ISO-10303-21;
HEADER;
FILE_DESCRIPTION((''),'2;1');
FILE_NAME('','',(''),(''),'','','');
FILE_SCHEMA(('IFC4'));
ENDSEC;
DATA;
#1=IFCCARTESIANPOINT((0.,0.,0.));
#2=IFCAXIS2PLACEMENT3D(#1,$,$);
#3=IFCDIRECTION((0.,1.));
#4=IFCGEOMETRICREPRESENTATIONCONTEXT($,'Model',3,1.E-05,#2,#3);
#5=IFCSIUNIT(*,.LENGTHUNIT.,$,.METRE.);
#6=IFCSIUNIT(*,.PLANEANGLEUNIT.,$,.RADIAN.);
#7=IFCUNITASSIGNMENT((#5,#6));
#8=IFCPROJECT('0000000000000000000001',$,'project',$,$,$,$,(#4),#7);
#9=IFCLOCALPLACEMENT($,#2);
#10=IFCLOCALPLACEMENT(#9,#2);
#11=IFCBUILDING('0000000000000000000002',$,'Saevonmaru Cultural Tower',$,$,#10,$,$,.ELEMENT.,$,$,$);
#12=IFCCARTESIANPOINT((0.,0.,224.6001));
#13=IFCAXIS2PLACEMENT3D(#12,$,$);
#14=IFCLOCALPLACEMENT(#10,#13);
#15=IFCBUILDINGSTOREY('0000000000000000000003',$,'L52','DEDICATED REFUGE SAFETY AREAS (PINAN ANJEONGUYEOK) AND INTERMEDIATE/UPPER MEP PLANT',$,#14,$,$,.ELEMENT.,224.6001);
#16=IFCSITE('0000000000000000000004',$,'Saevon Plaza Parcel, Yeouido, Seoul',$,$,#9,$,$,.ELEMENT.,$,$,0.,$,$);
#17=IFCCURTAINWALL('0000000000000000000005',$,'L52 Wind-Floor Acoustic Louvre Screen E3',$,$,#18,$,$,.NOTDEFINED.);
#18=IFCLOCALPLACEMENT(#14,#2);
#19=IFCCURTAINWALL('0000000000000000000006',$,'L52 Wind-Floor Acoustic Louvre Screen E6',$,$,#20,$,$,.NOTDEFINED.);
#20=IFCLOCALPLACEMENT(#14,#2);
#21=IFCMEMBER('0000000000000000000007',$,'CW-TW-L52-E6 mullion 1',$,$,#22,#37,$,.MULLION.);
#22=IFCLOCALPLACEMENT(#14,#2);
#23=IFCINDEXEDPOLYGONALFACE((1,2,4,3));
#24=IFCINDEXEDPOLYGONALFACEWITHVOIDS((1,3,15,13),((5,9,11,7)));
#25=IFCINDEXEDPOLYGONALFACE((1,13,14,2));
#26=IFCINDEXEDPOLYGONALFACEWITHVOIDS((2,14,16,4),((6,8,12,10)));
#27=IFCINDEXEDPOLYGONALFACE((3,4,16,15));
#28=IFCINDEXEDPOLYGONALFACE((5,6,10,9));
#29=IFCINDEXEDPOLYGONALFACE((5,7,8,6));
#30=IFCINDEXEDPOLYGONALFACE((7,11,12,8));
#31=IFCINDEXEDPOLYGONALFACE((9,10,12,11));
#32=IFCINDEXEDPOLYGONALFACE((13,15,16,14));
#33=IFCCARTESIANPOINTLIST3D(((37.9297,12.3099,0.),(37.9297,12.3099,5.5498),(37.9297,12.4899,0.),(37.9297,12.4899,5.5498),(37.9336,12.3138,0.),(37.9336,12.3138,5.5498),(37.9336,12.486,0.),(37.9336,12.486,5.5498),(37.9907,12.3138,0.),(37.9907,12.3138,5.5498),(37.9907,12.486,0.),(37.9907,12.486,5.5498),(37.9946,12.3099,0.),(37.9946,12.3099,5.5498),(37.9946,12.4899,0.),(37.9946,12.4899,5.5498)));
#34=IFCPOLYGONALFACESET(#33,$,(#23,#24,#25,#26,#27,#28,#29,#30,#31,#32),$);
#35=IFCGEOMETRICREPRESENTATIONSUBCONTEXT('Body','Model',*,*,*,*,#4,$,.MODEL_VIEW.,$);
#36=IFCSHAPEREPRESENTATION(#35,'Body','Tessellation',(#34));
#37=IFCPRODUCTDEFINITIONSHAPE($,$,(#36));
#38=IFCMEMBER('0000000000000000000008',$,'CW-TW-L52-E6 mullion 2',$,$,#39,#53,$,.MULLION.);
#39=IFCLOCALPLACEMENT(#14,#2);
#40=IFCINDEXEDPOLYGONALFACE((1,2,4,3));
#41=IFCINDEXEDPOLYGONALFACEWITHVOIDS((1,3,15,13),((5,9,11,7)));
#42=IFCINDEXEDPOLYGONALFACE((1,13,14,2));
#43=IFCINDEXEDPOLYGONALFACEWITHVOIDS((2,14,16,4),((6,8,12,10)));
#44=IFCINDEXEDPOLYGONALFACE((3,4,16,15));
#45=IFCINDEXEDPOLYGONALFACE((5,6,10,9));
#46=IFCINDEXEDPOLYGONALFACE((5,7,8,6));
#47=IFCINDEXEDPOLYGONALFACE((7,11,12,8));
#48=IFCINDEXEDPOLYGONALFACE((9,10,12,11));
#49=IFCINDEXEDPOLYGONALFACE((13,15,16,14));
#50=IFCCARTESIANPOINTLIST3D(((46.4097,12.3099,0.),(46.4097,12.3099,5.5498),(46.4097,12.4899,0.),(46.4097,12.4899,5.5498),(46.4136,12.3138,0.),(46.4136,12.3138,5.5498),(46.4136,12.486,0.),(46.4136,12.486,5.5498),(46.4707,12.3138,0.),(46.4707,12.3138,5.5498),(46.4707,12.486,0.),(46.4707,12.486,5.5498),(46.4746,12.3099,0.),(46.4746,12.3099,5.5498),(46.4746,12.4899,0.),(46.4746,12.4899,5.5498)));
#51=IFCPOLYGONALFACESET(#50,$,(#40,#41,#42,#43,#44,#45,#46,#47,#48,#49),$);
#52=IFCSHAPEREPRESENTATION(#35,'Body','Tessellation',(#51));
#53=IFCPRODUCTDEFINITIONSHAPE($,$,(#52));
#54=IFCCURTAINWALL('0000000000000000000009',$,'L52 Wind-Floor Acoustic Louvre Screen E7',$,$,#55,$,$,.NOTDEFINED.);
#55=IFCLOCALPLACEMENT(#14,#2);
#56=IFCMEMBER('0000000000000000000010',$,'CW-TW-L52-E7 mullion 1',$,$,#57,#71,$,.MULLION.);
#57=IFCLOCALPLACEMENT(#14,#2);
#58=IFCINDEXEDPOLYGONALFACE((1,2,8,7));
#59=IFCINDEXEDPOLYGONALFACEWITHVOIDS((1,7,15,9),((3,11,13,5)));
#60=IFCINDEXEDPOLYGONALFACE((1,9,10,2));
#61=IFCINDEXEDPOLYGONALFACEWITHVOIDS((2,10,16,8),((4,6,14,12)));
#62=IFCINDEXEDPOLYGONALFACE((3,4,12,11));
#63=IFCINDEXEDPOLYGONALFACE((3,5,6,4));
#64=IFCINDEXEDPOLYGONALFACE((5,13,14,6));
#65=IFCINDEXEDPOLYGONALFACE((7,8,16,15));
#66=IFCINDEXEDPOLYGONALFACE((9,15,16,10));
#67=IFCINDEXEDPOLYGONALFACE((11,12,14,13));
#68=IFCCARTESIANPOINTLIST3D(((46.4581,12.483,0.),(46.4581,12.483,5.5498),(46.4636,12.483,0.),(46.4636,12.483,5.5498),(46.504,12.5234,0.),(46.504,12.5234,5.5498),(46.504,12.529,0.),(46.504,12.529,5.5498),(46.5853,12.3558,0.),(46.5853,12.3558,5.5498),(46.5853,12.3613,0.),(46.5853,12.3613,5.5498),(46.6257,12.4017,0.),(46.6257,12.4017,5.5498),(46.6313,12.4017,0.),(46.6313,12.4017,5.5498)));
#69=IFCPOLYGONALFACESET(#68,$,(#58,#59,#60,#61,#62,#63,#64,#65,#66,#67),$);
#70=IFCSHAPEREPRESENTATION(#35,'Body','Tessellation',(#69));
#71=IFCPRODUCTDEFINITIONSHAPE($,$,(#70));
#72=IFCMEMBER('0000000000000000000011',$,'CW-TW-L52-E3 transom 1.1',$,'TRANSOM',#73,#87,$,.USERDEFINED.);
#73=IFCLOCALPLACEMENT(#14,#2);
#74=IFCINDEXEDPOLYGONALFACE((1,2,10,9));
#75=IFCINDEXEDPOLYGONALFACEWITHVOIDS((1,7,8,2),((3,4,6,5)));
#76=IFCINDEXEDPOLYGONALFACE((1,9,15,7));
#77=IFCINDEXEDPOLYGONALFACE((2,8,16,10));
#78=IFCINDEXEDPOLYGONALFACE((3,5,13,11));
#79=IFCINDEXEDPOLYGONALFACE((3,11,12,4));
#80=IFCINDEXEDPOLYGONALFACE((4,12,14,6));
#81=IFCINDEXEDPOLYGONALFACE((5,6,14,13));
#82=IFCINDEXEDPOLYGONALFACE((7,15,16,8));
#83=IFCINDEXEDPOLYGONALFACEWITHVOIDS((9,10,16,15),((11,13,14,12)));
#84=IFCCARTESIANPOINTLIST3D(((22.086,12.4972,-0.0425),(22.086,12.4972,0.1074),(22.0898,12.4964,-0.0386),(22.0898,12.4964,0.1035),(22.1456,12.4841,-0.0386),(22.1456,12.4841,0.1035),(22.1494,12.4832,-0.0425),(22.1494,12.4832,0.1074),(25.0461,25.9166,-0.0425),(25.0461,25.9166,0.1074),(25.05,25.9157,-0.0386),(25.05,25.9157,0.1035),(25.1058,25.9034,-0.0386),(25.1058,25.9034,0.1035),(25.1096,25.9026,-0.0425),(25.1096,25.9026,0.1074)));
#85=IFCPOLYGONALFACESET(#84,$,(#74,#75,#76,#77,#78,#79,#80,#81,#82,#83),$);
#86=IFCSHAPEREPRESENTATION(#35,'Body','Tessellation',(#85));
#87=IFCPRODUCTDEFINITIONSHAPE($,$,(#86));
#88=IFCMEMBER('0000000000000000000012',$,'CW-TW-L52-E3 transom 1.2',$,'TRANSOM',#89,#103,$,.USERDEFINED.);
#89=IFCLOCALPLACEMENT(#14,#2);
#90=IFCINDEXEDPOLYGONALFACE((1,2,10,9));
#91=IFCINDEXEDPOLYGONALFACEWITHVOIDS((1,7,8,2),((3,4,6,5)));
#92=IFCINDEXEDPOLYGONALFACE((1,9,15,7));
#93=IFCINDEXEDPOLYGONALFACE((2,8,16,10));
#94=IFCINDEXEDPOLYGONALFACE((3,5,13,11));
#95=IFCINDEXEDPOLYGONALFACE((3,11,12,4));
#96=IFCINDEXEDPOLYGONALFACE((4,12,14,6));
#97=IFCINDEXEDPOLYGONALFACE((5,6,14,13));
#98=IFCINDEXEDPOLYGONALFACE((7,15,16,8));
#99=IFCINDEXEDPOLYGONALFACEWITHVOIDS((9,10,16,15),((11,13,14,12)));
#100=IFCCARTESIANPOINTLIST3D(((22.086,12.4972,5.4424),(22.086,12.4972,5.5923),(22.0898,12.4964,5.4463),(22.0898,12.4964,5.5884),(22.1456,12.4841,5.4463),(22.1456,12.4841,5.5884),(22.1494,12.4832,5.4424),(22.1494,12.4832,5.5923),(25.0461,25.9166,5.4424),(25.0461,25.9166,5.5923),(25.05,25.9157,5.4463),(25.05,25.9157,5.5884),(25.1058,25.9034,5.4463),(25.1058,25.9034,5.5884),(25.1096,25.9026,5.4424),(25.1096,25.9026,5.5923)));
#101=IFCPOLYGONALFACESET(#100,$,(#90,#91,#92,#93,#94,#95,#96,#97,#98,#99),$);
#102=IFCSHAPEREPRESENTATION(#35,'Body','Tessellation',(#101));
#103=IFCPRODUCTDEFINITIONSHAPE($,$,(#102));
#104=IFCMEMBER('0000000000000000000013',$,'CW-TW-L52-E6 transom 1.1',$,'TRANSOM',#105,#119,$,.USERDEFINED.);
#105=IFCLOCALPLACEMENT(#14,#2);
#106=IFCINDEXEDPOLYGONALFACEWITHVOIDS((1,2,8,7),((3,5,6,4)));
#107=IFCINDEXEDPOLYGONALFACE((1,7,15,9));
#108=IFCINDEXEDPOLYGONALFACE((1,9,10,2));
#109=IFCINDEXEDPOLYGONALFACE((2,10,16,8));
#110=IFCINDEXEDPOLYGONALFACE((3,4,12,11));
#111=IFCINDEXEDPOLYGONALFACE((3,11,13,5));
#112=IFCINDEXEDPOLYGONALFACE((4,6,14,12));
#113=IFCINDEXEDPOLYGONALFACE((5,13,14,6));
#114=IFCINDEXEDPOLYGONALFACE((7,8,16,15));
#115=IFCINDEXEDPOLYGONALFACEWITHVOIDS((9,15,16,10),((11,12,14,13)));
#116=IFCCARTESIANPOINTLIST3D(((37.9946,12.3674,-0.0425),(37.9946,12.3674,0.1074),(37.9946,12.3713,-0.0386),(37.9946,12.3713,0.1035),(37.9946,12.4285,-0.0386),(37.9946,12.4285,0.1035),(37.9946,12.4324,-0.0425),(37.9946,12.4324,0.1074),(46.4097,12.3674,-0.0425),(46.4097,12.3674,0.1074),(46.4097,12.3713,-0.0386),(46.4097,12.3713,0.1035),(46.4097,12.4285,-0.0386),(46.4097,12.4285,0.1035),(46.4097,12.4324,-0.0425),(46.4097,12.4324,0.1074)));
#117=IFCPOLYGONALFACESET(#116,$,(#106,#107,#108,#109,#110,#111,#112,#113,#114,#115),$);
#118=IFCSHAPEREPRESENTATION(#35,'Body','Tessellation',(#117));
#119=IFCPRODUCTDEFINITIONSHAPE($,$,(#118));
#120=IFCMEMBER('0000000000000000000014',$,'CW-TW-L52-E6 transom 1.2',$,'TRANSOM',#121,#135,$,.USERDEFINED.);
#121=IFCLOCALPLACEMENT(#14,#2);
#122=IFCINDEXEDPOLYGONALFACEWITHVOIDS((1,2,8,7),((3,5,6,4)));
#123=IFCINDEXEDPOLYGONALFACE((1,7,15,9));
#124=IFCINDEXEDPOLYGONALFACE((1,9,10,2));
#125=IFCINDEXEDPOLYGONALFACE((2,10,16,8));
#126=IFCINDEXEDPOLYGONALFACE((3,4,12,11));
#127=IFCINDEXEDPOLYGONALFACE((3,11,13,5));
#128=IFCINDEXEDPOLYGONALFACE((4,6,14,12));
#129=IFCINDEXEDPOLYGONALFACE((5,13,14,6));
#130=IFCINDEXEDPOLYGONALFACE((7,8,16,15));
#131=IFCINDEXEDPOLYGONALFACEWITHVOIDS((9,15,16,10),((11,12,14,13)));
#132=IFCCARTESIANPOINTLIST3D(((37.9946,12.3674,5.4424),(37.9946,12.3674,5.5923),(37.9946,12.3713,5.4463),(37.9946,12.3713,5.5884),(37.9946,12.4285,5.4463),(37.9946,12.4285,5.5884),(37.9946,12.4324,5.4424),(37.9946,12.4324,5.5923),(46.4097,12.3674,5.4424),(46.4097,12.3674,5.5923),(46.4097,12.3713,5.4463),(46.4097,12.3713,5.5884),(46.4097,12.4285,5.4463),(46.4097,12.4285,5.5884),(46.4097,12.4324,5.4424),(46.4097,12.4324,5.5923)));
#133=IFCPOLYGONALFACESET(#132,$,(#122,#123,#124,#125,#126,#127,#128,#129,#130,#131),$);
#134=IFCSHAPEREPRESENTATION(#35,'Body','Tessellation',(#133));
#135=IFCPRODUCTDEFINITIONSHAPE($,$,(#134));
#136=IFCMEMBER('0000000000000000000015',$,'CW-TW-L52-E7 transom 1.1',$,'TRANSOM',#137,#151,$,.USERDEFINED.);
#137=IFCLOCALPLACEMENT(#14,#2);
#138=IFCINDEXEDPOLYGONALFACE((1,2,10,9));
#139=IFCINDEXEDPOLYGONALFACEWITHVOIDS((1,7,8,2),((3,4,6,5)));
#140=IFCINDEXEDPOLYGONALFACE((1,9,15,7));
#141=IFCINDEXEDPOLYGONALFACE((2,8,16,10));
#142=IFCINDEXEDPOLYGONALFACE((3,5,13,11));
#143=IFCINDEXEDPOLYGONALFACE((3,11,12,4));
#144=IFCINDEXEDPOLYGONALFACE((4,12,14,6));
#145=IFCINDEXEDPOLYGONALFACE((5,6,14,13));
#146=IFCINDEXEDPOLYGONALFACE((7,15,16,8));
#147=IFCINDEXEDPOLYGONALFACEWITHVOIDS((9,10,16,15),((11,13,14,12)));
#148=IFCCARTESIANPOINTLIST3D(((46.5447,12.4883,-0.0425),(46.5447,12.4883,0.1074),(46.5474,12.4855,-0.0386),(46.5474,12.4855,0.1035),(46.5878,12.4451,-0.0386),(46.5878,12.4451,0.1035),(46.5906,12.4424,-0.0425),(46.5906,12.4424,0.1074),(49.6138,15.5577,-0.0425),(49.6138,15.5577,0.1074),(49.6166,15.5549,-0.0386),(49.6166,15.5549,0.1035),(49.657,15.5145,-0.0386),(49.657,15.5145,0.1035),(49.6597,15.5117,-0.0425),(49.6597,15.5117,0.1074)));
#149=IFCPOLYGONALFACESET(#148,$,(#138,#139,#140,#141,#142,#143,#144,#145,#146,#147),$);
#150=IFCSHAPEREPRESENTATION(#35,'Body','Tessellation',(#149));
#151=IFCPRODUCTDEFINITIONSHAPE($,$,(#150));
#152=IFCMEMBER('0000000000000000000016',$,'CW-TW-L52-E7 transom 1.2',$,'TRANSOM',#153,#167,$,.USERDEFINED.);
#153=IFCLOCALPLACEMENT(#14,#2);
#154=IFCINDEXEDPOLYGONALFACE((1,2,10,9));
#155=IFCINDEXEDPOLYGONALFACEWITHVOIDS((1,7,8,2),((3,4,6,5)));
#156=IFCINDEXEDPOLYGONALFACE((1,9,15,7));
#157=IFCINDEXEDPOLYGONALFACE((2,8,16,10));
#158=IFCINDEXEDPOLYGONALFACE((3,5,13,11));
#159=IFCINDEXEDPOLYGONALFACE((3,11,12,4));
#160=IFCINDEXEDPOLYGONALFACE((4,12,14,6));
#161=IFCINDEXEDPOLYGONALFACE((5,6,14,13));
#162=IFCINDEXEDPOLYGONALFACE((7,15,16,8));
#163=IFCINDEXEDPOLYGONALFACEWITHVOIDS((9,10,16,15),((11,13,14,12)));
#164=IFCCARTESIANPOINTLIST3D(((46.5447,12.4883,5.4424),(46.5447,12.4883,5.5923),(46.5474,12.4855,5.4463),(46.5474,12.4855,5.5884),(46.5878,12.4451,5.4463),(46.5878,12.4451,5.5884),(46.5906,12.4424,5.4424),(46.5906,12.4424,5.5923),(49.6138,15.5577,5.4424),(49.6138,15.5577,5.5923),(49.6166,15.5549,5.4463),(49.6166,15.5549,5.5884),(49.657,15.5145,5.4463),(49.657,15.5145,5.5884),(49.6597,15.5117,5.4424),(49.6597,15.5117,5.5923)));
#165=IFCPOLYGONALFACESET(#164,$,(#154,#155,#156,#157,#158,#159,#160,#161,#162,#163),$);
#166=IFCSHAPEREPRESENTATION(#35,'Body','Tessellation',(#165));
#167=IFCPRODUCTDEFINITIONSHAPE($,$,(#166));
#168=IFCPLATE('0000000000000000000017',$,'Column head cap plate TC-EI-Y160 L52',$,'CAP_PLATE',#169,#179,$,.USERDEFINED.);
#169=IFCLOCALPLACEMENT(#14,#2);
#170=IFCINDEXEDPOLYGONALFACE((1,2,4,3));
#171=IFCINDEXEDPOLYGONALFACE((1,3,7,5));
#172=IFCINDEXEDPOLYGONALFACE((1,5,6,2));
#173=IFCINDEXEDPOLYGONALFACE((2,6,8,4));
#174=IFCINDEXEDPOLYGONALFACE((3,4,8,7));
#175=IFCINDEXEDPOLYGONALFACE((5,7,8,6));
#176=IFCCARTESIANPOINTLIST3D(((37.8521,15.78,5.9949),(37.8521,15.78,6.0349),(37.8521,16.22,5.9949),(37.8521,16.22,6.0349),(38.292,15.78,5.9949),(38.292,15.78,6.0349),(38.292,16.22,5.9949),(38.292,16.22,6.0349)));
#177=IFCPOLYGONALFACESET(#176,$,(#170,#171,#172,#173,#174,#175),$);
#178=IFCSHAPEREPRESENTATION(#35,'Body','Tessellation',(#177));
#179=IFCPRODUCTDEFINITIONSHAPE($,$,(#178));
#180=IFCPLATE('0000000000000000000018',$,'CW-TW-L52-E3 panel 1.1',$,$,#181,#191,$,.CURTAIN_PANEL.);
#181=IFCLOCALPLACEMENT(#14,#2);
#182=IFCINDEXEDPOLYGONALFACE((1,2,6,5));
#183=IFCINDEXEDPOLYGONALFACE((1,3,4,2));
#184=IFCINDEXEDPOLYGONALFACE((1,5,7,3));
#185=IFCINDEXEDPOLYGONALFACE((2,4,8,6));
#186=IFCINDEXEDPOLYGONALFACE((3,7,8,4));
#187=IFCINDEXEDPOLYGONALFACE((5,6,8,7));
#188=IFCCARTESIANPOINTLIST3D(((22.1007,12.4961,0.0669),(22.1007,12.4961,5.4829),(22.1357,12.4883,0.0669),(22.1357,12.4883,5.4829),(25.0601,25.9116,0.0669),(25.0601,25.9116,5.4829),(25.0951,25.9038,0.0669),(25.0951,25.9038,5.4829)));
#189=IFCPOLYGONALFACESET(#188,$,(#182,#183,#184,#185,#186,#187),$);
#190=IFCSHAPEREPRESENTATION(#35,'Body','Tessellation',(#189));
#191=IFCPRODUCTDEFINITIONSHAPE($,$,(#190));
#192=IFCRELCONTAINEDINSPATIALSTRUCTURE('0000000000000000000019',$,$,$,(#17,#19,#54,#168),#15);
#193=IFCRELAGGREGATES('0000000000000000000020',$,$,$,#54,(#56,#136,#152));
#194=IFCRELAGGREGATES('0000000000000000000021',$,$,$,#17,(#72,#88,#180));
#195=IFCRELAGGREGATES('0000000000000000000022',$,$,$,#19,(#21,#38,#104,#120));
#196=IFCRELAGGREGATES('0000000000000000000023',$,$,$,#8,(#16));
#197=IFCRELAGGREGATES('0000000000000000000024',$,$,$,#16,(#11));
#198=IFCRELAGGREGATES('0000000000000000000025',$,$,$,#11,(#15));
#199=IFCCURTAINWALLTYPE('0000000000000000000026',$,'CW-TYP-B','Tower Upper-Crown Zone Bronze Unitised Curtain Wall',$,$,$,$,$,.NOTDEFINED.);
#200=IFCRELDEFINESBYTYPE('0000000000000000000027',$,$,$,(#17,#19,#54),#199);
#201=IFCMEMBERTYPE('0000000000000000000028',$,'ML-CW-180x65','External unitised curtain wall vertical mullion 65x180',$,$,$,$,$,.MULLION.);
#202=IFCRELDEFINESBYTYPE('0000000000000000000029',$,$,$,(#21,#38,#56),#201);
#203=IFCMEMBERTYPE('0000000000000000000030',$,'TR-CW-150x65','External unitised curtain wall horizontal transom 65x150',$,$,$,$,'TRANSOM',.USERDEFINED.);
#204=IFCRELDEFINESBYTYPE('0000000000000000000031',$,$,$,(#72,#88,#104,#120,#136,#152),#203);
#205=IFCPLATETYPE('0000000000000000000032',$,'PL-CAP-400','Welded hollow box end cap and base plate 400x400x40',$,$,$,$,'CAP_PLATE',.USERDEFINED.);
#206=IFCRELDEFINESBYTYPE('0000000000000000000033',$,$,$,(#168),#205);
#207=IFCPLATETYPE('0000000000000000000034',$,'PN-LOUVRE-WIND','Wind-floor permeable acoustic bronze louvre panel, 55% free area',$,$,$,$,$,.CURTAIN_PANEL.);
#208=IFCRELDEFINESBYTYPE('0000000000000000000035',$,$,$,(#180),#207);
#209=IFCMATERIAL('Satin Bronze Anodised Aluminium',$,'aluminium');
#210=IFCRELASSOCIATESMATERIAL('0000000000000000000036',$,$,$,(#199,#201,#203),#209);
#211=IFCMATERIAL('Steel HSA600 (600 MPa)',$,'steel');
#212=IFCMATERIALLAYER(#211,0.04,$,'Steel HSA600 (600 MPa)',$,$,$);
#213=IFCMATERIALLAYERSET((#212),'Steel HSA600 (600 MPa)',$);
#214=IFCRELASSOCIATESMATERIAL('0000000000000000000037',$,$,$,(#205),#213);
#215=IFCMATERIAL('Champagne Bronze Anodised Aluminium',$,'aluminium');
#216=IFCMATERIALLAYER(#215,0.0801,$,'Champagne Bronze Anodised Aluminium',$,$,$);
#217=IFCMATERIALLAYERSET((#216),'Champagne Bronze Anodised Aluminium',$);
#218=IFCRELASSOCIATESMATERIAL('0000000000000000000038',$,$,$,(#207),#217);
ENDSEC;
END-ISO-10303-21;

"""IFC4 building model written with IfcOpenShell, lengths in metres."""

from ifc_helpers import new_model, si_unit, direction, frame, origin, origin_2d, place, context, subcontext, project, spatial, rectangle, hollow_rectangle, extrude, material, layer, layer_set, material_profile, profile_set, type_object, element, aggregate, save


model = new_model("IFC4")

# Units and contexts
model_context = context("Model", 3, precision=1e-05, world=origin(), true_north=direction((0.0, 1.0)))
body_context = subcontext(model_context, "Body", "Model", "MODEL_VIEW")
ifc_project = project(units=[si_unit("LENGTHUNIT", "METRE"), si_unit("PLANEANGLEUNIT", "RADIAN")], contexts=[model_context])

# Site, building, storey
site_placement = place(None, origin())
site = spatial("IfcSite", under=ifc_project, at=site_placement, Name="Saevon Plaza Parcel, Yeouido, Seoul", CompositionType="ELEMENT", RefElevation=0.0)
building_placement = place(site_placement, origin())
building = spatial("IfcBuilding", under=site, at=building_placement, Name="Saevonmaru Cultural Tower", CompositionType="ELEMENT")
storey_placement = place(building_placement, frame((0.0, 0.0, 224.6001)))
storey = spatial("IfcBuildingStorey", under=building, at=storey_placement, Name="L52", Description="DEDICATED REFUGE SAFETY AREAS (PINAN ANJEONGUYEOK) AND INTERMEDIATE/UPPER MEP PLANT", CompositionType="ELEMENT", Elevation=224.6001)

# Shared definitions
ifc_material_1 = material(Name="Steel HSA600 (600 MPa)", Category="steel")

# Curtain wall
ifc_material_2 = material(Name="Satin Bronze Anodised Aluminium", Category="aluminium")
curtain_wall_type = type_object("IfcCurtainWallType", Name="CW-TYP-B", Description="Tower Upper-Crown Zone Bronze Unitised Curtain Wall", PredefinedType="NOTDEFINED", material=ifc_material_2)
curtain_wall_1_placement = place(storey_placement, origin())
curtain_wall_1 = element("IfcCurtainWall", 1, at=curtain_wall_1_placement, inside=storey, type_object=curtain_wall_type, Name="L52 Wind-Floor Acoustic Louvre Screen E3", PredefinedType="NOTDEFINED")
ifc_material_profile_1 = material_profile(ifc_material_2, hollow_rectangle(XDim=0.0649, YDim=0.1799, WallThickness=0.0039, at=origin_2d()), Name="ALU-MULL-180x65x4")
ifc_profile_set_1 = profile_set([ifc_material_profile_1], Name="Satin Bronze Anodised Aluminium")
member_type_1 = type_object("IfcMemberType", Name="ML-CW-180x65", Description="External unitised curtain wall vertical mullion 65x180", PredefinedType="MULLION", material=ifc_profile_set_1)

# Curtain wall, members
curtain_wall_2_placement = place(storey_placement, origin())
curtain_wall_2 = element("IfcCurtainWall", 2, at=curtain_wall_2_placement, inside=storey, type_object=curtain_wall_type, Name="L52 Wind-Floor Acoustic Louvre Screen E6", PredefinedType="NOTDEFINED")
member_1_placement = place(storey_placement, frame((37.9622, 12.3999, 0.0), z_axis=(0.0, 0.0, 1.0), x_axis=(1.0, 0.0, 0.0)))
member_1 = element("IfcMember", 3, at=member_1_placement, type_object=member_type_1, Name="CW-TW-L52-E6 mullion 1", PredefinedType="MULLION", context=body_context, shape_type="SweptSolid", body=[
    extrude(hollow_rectangle(XDim=0.0649, YDim=0.1799, WallThickness=0.0039, at=origin_2d()), origin(), (0.0, 0.0, 1.0), 5.5498),
])
member_2_placement = place(storey_placement, frame((46.4421, 12.3999, 0.0), z_axis=(0.0, 0.0, 1.0), x_axis=(1.0, 0.0, 0.0)))
member_2 = element("IfcMember", 4, at=member_2_placement, type_object=member_type_1, Name="CW-TW-L52-E6 mullion 2", PredefinedType="MULLION", context=body_context, shape_type="SweptSolid", body=[
    extrude(hollow_rectangle(XDim=0.0649, YDim=0.1799, WallThickness=0.0039, at=origin_2d()), origin(), (0.0, 0.0, 1.0), 5.5498),
])

# Curtain wall, member
curtain_wall_3_placement = place(storey_placement, origin())
curtain_wall_3 = element("IfcCurtainWall", 5, at=curtain_wall_3_placement, inside=storey, type_object=curtain_wall_type, Name="L52 Wind-Floor Acoustic Louvre Screen E7", PredefinedType="NOTDEFINED")
member_3_placement = place(storey_placement, frame((46.5447, 12.4424, 0.0), z_axis=(0.0, 0.0, 1.0), x_axis=(0.707107, 0.707107, 0.0)))
member_3 = element("IfcMember", 6, at=member_3_placement, type_object=member_type_1, Name="CW-TW-L52-E7 mullion 1", PredefinedType="MULLION", context=body_context, shape_type="SweptSolid", body=[
    extrude(hollow_rectangle(XDim=0.0649, YDim=0.1799, WallThickness=0.0039, at=origin_2d()), origin(), (0.0, 0.0, 1.0), 5.5498),
])

# Members
ifc_material_profile_2 = material_profile(ifc_material_2, hollow_rectangle(XDim=0.0649, YDim=0.1499, WallThickness=0.0039, at=origin_2d()), Name="ALU-TRAN-150x65x4")
ifc_profile_set_2 = profile_set([ifc_material_profile_2], Name="Satin Bronze Anodised Aluminium")
member_type_2 = type_object("IfcMemberType", Name="TR-CW-150x65", Description="External unitised curtain wall horizontal transom 65x150", ElementType="TRANSOM", PredefinedType="USERDEFINED", material=ifc_profile_set_2)
member_4_placement = place(storey_placement, frame((22.1177, 12.4902, 0.0325), z_axis=(0.215412, 0.976523, 0.0), x_axis=(-0.976523, 0.215412, 0.0)))
member_4 = element("IfcMember", 7, at=member_4_placement, type_object=member_type_2, Name="CW-TW-L52-E3 transom 1.1", ObjectType="TRANSOM", PredefinedType="USERDEFINED", context=body_context, shape_type="SweptSolid", body=[
    extrude(hollow_rectangle(XDim=0.0649, YDim=0.1499, WallThickness=0.0039, at=origin_2d()), origin(), (0.0, 0.0, 1.0), 13.7419),
])
member_5_placement = place(storey_placement, frame((22.1177, 12.4902, 5.5173), z_axis=(0.215412, 0.976523, 0.0), x_axis=(-0.976523, 0.215412, 0.0)))
member_5 = element("IfcMember", 8, at=member_5_placement, type_object=member_type_2, Name="CW-TW-L52-E3 transom 1.2", ObjectType="TRANSOM", PredefinedType="USERDEFINED", context=body_context, shape_type="SweptSolid", body=[
    extrude(hollow_rectangle(XDim=0.0649, YDim=0.1499, WallThickness=0.0039, at=origin_2d()), origin(), (0.0, 0.0, 1.0), 13.7419),
])
member_6_placement = place(storey_placement, frame((37.9946, 12.3999, 0.0325), z_axis=(1.0, 0.0, 0.0), x_axis=(0.0, 1.0, 0.0)))
member_6 = element("IfcMember", 9, at=member_6_placement, type_object=member_type_2, Name="CW-TW-L52-E6 transom 1.1", ObjectType="TRANSOM", PredefinedType="USERDEFINED", context=body_context, shape_type="SweptSolid", body=[
    extrude(hollow_rectangle(XDim=0.0649, YDim=0.1499, WallThickness=0.0039, at=origin_2d()), origin(), (0.0, 0.0, 1.0), 8.415),
])
member_7_placement = place(storey_placement, frame((37.9946, 12.3999, 5.5173), z_axis=(1.0, 0.0, 0.0), x_axis=(0.0, 1.0, 0.0)))
member_7 = element("IfcMember", 10, at=member_7_placement, type_object=member_type_2, Name="CW-TW-L52-E6 transom 1.2", ObjectType="TRANSOM", PredefinedType="USERDEFINED", context=body_context, shape_type="SweptSolid", body=[
    extrude(hollow_rectangle(XDim=0.0649, YDim=0.1499, WallThickness=0.0039, at=origin_2d()), origin(), (0.0, 0.0, 1.0), 8.415),
])
member_8_placement = place(storey_placement, frame((46.5676, 12.4653, 0.0325), z_axis=(0.707079, 0.707135, 0.0), x_axis=(-0.707135, 0.707079, 0.0)))
member_8 = element("IfcMember", 11, at=member_8_placement, type_object=member_type_2, Name="CW-TW-L52-E7 transom 1.1", ObjectType="TRANSOM", PredefinedType="USERDEFINED", context=body_context, shape_type="SweptSolid", body=[
    extrude(hollow_rectangle(XDim=0.0649, YDim=0.1499, WallThickness=0.0039, at=origin_2d()), origin(), (0.0, 0.0, 1.0), 4.3406),
])
member_9_placement = place(storey_placement, frame((46.5676, 12.4653, 5.5173), z_axis=(0.707079, 0.707135, 0.0), x_axis=(-0.707135, 0.707079, 0.0)))
member_9 = element("IfcMember", 12, at=member_9_placement, type_object=member_type_2, Name="CW-TW-L52-E7 transom 1.2", ObjectType="TRANSOM", PredefinedType="USERDEFINED", context=body_context, shape_type="SweptSolid", body=[
    extrude(hollow_rectangle(XDim=0.0649, YDim=0.1499, WallThickness=0.0039, at=origin_2d()), origin(), (0.0, 0.0, 1.0), 4.3406),
])
aggregate(curtain_wall_3, [member_3, member_8, member_9])

# Plates
ifc_layer_1 = layer(ifc_material_1, 0.04, Name="Steel HSA600 (600 MPa)")
ifc_layer_set_1 = layer_set([ifc_layer_1], Name="Steel HSA600 (600 MPa)")
plate_type_1 = type_object("IfcPlateType", Name="PL-CAP-400", Description="Welded hollow box end cap and base plate 400x400x40", ElementType="CAP_PLATE", PredefinedType="USERDEFINED", material=ifc_layer_set_1)
plate_1_placement = place(storey_placement, frame((38.072, 16.0, 5.9949), z_axis=(0.0, 0.0, 1.0), x_axis=(1.0, 0.0, 0.0)))
element("IfcPlate", 13, at=plate_1_placement, inside=storey, type_object=plate_type_1, Name="Column head cap plate TC-EI-Y160 L52", ObjectType="CAP_PLATE", PredefinedType="USERDEFINED", context=body_context, shape_type="SweptSolid", body=[
    extrude(rectangle(XDim=0.4399, YDim=0.4399, at=origin_2d()), origin(), (0.0, 0.0, 1.0), 0.04),
])
ifc_material_3 = material(Name="Champagne Bronze Anodised Aluminium", Category="aluminium")
ifc_layer_2 = layer(ifc_material_3, 0.0801, Name="Champagne Bronze Anodised Aluminium")
ifc_layer_set_2 = layer_set([ifc_layer_2], Name="Champagne Bronze Anodised Aluminium")
plate_type_2 = type_object("IfcPlateType", Name="PN-LOUVRE-WIND", Description="Wind-floor permeable acoustic bronze louvre panel, 55% free area", PredefinedType="CURTAIN_PANEL", material=ifc_layer_set_2)
plate_2_placement = place(storey_placement, frame((23.5979, 19.2, 0.0669), z_axis=(0.0, 0.0, 1.0), x_axis=(0.215413, 0.976523, 0.0)))
plate_2 = element("IfcPlate", 14, at=plate_2_placement, type_object=plate_type_2, Name="CW-TW-L52-E3 panel 1.1", PredefinedType="CURTAIN_PANEL", context=body_context, shape_type="SweptSolid", body=[
    extrude(rectangle(XDim=13.738, YDim=0.0359, at=origin_2d()), origin(), (0.0, 0.0, 1.0), 5.416),
])
aggregate(curtain_wall_1, [member_4, member_5, plate_2])
aggregate(curtain_wall_2, [member_1, member_2, member_6, member_7])

save(model, "model.ifc")
